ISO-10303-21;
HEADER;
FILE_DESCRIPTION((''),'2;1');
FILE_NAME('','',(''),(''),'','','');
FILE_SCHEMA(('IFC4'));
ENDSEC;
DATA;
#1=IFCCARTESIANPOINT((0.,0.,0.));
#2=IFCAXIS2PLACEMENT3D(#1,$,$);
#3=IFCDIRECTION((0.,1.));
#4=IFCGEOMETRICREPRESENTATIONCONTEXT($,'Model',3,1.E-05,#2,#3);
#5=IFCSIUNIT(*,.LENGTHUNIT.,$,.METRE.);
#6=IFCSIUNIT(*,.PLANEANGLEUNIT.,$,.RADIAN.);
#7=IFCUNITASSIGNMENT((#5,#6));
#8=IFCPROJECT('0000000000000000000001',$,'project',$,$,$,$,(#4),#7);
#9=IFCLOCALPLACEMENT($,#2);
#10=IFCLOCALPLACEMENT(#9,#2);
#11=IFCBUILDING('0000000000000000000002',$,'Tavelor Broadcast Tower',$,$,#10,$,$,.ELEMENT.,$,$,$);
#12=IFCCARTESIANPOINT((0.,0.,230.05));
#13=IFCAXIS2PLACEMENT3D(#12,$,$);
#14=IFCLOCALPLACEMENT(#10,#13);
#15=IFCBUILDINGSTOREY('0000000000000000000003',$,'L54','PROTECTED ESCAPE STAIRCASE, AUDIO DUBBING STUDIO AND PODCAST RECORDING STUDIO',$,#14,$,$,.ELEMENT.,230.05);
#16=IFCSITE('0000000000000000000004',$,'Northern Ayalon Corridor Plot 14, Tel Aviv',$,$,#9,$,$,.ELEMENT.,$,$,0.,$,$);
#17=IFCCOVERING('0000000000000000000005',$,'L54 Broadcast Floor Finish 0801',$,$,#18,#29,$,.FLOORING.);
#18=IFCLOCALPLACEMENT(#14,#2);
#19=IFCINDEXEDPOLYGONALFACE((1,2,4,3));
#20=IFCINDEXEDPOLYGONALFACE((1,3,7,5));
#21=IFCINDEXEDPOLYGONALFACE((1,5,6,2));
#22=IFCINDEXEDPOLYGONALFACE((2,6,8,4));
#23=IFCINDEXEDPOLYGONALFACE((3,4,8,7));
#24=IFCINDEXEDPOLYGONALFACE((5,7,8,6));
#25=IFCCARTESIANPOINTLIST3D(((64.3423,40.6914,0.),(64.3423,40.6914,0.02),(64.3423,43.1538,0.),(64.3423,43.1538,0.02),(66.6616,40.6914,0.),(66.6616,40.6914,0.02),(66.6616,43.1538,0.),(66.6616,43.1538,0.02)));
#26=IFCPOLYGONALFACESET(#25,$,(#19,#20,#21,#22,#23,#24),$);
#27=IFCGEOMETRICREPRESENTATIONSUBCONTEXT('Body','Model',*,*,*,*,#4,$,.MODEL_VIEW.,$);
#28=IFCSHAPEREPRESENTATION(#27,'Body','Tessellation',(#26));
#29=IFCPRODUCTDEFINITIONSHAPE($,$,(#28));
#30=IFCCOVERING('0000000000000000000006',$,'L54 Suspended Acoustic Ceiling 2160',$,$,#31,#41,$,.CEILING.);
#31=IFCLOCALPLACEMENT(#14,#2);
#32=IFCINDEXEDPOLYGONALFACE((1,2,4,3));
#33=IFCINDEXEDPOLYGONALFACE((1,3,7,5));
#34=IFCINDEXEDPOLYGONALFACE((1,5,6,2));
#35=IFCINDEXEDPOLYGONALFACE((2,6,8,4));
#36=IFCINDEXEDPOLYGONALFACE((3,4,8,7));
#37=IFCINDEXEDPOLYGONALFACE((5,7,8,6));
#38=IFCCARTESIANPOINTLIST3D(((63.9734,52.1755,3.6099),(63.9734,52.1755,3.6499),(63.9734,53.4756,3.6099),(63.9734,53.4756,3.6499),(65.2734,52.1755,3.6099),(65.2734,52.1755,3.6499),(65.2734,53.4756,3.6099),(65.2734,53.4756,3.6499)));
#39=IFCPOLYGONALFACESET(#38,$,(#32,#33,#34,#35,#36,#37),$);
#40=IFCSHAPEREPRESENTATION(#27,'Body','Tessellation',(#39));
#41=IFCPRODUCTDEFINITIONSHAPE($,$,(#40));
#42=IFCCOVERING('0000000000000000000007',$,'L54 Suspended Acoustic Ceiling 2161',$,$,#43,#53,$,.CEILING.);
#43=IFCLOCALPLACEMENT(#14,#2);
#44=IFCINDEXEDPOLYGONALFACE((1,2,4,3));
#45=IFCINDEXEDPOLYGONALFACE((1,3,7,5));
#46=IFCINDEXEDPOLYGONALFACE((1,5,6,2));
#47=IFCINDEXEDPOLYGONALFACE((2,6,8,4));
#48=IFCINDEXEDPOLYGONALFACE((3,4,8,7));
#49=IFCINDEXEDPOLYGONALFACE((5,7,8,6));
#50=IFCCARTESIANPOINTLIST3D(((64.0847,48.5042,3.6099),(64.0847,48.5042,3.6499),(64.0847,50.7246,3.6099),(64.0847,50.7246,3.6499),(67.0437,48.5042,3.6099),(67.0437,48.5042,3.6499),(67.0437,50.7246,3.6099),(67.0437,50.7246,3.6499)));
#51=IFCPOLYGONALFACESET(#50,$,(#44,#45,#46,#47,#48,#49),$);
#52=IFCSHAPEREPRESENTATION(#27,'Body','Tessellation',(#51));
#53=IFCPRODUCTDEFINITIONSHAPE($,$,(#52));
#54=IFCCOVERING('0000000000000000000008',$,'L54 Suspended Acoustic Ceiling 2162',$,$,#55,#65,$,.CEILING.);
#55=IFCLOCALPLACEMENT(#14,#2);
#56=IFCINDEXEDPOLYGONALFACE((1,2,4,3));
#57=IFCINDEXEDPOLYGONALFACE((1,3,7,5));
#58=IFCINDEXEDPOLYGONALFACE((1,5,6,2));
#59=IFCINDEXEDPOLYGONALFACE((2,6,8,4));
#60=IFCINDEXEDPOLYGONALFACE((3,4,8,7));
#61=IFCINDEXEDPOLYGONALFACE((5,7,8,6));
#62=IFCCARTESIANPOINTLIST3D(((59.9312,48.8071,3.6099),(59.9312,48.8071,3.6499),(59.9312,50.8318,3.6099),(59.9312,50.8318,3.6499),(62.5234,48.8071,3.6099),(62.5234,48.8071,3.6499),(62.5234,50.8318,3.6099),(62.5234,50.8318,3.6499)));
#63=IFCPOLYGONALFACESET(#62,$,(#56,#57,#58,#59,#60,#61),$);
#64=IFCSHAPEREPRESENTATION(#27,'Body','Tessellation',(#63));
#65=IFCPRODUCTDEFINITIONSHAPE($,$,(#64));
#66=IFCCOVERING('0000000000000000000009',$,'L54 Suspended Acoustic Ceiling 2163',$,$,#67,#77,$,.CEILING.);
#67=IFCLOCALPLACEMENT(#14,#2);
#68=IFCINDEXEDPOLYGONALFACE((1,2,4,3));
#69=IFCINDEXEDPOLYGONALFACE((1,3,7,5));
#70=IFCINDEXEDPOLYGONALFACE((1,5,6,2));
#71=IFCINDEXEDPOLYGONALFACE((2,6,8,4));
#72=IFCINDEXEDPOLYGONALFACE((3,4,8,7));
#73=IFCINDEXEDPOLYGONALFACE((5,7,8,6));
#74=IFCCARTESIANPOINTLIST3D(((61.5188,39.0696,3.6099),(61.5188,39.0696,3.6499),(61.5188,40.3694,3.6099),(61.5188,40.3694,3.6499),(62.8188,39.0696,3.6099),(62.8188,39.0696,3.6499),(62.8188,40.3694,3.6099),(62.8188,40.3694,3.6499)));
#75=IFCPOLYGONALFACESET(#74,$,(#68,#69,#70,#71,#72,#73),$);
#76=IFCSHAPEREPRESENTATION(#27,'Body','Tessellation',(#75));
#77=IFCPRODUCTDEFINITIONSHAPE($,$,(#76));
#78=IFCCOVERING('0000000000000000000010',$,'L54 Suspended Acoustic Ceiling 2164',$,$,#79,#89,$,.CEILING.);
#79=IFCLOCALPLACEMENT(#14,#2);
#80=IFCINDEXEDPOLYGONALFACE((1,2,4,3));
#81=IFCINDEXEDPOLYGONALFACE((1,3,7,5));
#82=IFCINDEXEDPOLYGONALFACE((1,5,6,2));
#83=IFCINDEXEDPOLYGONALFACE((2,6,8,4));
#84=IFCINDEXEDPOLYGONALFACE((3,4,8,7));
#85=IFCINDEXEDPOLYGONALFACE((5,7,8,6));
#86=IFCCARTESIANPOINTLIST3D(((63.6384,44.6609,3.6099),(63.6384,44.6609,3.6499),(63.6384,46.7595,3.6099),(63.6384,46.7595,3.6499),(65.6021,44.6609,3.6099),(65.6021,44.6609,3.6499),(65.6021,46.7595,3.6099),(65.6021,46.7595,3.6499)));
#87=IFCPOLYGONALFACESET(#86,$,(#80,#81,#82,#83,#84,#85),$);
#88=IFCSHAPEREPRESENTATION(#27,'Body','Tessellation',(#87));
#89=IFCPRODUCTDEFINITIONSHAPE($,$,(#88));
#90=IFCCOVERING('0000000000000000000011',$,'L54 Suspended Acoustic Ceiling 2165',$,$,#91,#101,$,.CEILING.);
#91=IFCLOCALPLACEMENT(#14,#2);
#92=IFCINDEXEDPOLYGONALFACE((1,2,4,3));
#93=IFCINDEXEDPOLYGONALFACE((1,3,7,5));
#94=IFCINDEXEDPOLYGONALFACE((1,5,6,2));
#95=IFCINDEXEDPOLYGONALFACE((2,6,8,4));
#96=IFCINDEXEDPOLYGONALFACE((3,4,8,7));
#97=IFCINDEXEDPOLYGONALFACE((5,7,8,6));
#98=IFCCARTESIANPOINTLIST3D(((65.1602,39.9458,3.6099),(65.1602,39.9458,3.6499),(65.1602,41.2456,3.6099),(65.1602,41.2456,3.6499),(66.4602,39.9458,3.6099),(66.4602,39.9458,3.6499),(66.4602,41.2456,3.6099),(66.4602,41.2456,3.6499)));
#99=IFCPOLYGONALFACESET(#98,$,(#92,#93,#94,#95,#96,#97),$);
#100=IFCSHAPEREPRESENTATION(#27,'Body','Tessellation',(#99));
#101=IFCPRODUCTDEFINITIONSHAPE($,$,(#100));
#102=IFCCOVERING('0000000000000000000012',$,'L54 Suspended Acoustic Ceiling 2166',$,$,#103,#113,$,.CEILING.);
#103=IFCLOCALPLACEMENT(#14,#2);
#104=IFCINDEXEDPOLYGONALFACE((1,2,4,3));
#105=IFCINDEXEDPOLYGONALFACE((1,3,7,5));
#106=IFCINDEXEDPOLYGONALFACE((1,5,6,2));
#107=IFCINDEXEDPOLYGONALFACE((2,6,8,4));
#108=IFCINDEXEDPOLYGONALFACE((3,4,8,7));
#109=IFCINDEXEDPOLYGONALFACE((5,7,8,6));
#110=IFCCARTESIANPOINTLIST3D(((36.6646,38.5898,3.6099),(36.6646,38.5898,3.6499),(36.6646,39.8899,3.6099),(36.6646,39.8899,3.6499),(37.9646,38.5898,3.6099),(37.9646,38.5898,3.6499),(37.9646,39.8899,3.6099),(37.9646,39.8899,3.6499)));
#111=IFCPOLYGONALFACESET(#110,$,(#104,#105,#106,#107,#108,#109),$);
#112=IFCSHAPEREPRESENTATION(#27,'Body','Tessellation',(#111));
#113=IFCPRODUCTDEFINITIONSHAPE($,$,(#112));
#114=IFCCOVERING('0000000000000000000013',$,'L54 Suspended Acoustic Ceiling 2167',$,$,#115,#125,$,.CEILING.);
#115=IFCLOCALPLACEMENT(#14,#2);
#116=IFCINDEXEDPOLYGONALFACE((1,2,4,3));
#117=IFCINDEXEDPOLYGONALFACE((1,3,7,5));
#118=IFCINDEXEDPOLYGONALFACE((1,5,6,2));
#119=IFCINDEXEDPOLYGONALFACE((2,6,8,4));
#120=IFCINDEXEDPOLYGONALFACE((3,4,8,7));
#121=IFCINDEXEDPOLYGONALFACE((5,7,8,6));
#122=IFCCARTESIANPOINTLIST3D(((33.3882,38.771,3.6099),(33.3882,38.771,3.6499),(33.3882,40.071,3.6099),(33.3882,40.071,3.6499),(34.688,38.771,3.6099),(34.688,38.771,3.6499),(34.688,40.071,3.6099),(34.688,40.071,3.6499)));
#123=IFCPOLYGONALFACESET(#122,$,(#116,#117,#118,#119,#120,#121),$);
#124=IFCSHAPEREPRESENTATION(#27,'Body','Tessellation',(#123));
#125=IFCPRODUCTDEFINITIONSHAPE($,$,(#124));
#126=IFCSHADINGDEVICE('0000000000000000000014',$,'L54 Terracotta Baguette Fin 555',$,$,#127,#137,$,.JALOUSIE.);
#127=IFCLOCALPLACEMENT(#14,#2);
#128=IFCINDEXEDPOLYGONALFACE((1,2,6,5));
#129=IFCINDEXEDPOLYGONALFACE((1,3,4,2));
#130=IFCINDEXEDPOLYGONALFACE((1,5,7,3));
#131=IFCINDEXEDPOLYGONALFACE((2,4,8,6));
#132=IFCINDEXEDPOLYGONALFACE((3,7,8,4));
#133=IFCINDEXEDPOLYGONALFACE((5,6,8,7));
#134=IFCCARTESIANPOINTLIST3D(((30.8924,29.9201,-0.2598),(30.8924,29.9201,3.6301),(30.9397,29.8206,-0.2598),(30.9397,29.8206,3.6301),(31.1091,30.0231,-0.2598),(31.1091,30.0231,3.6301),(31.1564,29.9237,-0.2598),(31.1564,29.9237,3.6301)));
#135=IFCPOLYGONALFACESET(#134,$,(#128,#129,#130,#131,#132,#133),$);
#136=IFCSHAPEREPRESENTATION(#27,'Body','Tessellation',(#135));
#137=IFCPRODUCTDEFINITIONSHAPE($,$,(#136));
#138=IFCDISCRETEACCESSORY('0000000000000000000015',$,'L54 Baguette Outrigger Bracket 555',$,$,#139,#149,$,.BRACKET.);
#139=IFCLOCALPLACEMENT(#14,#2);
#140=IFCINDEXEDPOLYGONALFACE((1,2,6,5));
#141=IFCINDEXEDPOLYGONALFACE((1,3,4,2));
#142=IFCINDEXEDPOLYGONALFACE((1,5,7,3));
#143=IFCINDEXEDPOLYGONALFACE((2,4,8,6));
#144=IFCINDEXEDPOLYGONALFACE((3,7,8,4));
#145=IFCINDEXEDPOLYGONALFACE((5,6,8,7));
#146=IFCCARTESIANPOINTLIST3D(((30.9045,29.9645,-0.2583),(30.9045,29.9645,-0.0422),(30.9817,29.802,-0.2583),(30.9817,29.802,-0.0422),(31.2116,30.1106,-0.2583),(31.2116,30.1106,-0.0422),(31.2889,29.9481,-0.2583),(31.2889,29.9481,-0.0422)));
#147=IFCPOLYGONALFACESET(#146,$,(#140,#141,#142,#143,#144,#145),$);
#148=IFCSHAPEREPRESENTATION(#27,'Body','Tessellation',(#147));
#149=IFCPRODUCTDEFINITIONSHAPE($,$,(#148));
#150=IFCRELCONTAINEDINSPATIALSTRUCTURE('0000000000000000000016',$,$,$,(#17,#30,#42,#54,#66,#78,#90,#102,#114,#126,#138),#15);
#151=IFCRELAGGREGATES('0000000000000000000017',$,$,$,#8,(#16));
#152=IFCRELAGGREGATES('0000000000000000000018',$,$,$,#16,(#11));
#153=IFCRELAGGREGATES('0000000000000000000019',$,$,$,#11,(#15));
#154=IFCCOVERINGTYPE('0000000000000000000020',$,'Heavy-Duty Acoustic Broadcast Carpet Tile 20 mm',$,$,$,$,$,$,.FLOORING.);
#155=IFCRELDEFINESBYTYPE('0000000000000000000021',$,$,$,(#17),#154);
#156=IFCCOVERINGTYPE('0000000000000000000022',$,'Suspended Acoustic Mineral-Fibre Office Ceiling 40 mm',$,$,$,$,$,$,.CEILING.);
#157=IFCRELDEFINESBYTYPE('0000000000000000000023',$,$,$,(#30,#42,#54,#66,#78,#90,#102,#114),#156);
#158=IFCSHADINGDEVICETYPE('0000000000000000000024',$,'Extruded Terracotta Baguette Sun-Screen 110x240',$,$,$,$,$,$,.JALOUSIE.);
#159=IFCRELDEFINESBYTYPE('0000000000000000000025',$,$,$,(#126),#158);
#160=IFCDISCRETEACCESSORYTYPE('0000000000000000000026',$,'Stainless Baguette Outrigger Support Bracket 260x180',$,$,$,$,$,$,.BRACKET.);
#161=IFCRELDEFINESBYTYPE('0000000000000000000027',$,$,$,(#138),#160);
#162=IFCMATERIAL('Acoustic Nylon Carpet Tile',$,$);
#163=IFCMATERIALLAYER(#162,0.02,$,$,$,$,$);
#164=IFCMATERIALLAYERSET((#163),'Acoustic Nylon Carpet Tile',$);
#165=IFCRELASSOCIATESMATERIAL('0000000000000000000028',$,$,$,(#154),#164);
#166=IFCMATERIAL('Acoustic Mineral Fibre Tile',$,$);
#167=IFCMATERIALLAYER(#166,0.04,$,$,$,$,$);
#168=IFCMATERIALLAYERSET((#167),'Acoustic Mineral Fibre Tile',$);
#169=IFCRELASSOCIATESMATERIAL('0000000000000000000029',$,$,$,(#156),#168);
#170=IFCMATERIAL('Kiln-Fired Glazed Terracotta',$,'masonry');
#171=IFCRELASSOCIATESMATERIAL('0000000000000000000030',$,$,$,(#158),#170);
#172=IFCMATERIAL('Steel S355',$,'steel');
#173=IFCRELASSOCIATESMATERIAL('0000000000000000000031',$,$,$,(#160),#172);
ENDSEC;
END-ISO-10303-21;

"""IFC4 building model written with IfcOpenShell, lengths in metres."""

from ifc_helpers import new_model, si_unit, direction, frame, origin, origin_2d, place, context, subcontext, project, spatial, polyline, rectangle, outline, extrude, source, transform, mapped, material, layer, layer_set, type_object, type_shapes, element, save


model = new_model("IFC4")

# Units and contexts
model_context = context("Model", 3, precision=1e-05, world=origin(), true_north=direction((0.0, 1.0)))
body_context = subcontext(model_context, "Body", "Model", "MODEL_VIEW")
ifc_project = project(units=[si_unit("LENGTHUNIT", "METRE"), si_unit("PLANEANGLEUNIT", "RADIAN")], contexts=[model_context])

# Site, building, storey
site_placement = place(None, origin())
site = spatial("IfcSite", under=ifc_project, at=site_placement, Name="Northern Ayalon Corridor Plot 14, Tel Aviv", CompositionType="ELEMENT", RefElevation=0.0)
building_placement = place(site_placement, origin())
building = spatial("IfcBuilding", under=site, at=building_placement, Name="Tavelor Broadcast Tower", CompositionType="ELEMENT")
storey_placement = place(building_placement, frame((0.0, 0.0, 230.05)))
storey = spatial("IfcBuildingStorey", under=building, at=storey_placement, Name="L54", Description="PROTECTED ESCAPE STAIRCASE, AUDIO DUBBING STUDIO AND PODCAST RECORDING STUDIO", CompositionType="ELEMENT", Elevation=230.05)

# Coverings
ifc_material_1 = material(Name="Acoustic Nylon Carpet Tile")
ifc_layer_1 = layer(ifc_material_1, 0.02)
ifc_layer_set_1 = layer_set([ifc_layer_1], Name="Acoustic Nylon Carpet Tile")
covering_type_1 = type_object("IfcCoveringType", Name="Heavy-Duty Acoustic Broadcast Carpet Tile 20 mm", PredefinedType="FLOORING", material=ifc_layer_set_1)
covering_1_placement = place(storey_placement, origin())
element("IfcCovering", 1, at=covering_1_placement, inside=storey, type_object=covering_type_1, Name="L54 Broadcast Floor Finish 0801", PredefinedType="FLOORING", context=body_context, shape_type="SweptSolid", body=[
    extrude(outline(polyline([(64.3423, 40.6914), (66.6616, 40.6914), (66.6616, 43.1538), (64.3423, 43.1538), (64.3423, 40.6914)])), origin(), (0.0, 0.0, 1.0), 0.02),
])
ifc_material_2 = material(Name="Acoustic Mineral Fibre Tile")
ifc_layer_2 = layer(ifc_material_2, 0.04)
ifc_layer_set_2 = layer_set([ifc_layer_2], Name="Acoustic Mineral Fibre Tile")
covering_type_2 = type_object("IfcCoveringType", Name="Suspended Acoustic Mineral-Fibre Office Ceiling 40 mm", PredefinedType="CEILING", material=ifc_layer_set_2)
covering_2_placement = place(storey_placement, frame((0.0, 0.0, 3.6099)))
element("IfcCovering", 2, at=covering_2_placement, inside=storey, type_object=covering_type_2, Name="L54 Suspended Acoustic Ceiling 2160", PredefinedType="CEILING", context=body_context, shape_type="SweptSolid", body=[
    extrude(outline(polyline([(63.9734, 52.1755), (65.2734, 52.1755), (65.2734, 53.4756), (63.9734, 53.4756), (63.9734, 52.1755)])), origin(), (0.0, 0.0, 1.0), 0.04),
])
covering_3_placement = place(storey_placement, frame((0.0, 0.0, 3.6099)))
element("IfcCovering", 3, at=covering_3_placement, inside=storey, type_object=covering_type_2, Name="L54 Suspended Acoustic Ceiling 2161", PredefinedType="CEILING", context=body_context, shape_type="SweptSolid", body=[
    extrude(outline(polyline([(64.0847, 48.5042), (67.0437, 48.5042), (67.0437, 50.7246), (64.0847, 50.7246), (64.0847, 48.5042)])), origin(), (0.0, 0.0, 1.0), 0.04),
])
covering_4_placement = place(storey_placement, frame((0.0, 0.0, 3.6099)))
element("IfcCovering", 4, at=covering_4_placement, inside=storey, type_object=covering_type_2, Name="L54 Suspended Acoustic Ceiling 2162", PredefinedType="CEILING", context=body_context, shape_type="SweptSolid", body=[
    extrude(outline(polyline([(59.9312, 48.8071), (62.5234, 48.8071), (62.5234, 50.8318), (59.9312, 50.8318), (59.9312, 48.8071)])), origin(), (0.0, 0.0, 1.0), 0.04),
])
covering_5_placement = place(storey_placement, frame((0.0, 0.0, 3.6099)))
element("IfcCovering", 5, at=covering_5_placement, inside=storey, type_object=covering_type_2, Name="L54 Suspended Acoustic Ceiling 2163", PredefinedType="CEILING", context=body_context, shape_type="SweptSolid", body=[
    extrude(outline(polyline([(61.5188, 39.0696), (62.8188, 39.0696), (62.8188, 40.3694), (61.5188, 40.3694), (61.5188, 39.0696)])), origin(), (0.0, 0.0, 1.0), 0.04),
])
covering_6_placement = place(storey_placement, frame((0.0, 0.0, 3.6099)))
element("IfcCovering", 6, at=covering_6_placement, inside=storey, type_object=covering_type_2, Name="L54 Suspended Acoustic Ceiling 2164", PredefinedType="CEILING", context=body_context, shape_type="SweptSolid", body=[
    extrude(outline(polyline([(63.6384, 44.6609), (65.6021, 44.6609), (65.6021, 46.7595), (63.6384, 46.7595), (63.6384, 44.6609)])), origin(), (0.0, 0.0, 1.0), 0.04),
])
covering_7_placement = place(storey_placement, frame((0.0, 0.0, 3.6099)))
element("IfcCovering", 7, at=covering_7_placement, inside=storey, type_object=covering_type_2, Name="L54 Suspended Acoustic Ceiling 2165", PredefinedType="CEILING", context=body_context, shape_type="SweptSolid", body=[
    extrude(outline(polyline([(65.1602, 39.9458), (66.4602, 39.9458), (66.4602, 41.2456), (65.1602, 41.2456), (65.1602, 39.9458)])), origin(), (0.0, 0.0, 1.0), 0.04),
])
covering_8_placement = place(storey_placement, frame((0.0, 0.0, 3.6099)))
element("IfcCovering", 8, at=covering_8_placement, inside=storey, type_object=covering_type_2, Name="L54 Suspended Acoustic Ceiling 2166", PredefinedType="CEILING", context=body_context, shape_type="SweptSolid", body=[
    extrude(outline(polyline([(36.6646, 38.5898), (37.9646, 38.5898), (37.9646, 39.8899), (36.6646, 39.8899), (36.6646, 38.5898)])), origin(), (0.0, 0.0, 1.0), 0.04),
])
covering_9_placement = place(storey_placement, frame((0.0, 0.0, 3.6099)))
element("IfcCovering", 9, at=covering_9_placement, inside=storey, type_object=covering_type_2, Name="L54 Suspended Acoustic Ceiling 2167", PredefinedType="CEILING", context=body_context, shape_type="SweptSolid", body=[
    extrude(outline(polyline([(33.3882, 38.771), (34.688, 38.771), (34.688, 40.071), (33.3882, 40.071), (33.3882, 38.771)])), origin(), (0.0, 0.0, 1.0), 0.04),
])

# Shading device
ifc_material_3 = material(Name="Kiln-Fired Glazed Terracotta", Category="masonry")
shading_device_type = type_object("IfcShadingDeviceType", Name="Extruded Terracotta Baguette Sun-Screen 110x240", PredefinedType="JALOUSIE", material=ifc_material_3)
shared_shape_1 = source(origin(), body_context, "Body", "SweptSolid", [
    extrude(rectangle(XDim=0.1101, YDim=0.24, at=origin_2d()), origin(), (0.0, 0.0, 1.0), 3.8899),
])
type_shapes(shading_device_type, [shared_shape_1])
shading_device_placement = place(storey_placement, frame((31.0244, 29.9219, -0.2598), z_axis=(0.0, 0.0, 1.0), x_axis=(0.429408, -0.903111, 0.0)))
element("IfcShadingDevice", 10, at=shading_device_placement, inside=storey, type_object=shading_device_type, Name="L54 Terracotta Baguette Fin 555", PredefinedType="JALOUSIE", context=body_context, shape_type="MappedRepresentation", body=[
    mapped(shared_shape_1, transform((0.0, 0.0, 0.0), scale=1.0)),
])

# Discrete accessory
ifc_material_4 = material(Name="Steel S355", Category="steel")
discrete_accessory_type = type_object("IfcDiscreteAccessoryType", Name="Stainless Baguette Outrigger Support Bracket 260x180", PredefinedType="BRACKET", material=ifc_material_4)
shared_shape_2 = source(origin(), body_context, "Body", "SweptSolid", [
    extrude(rectangle(XDim=0.1799, YDim=0.3401, at=origin_2d()), origin(), (0.0, 0.0, 1.0), 0.2161),
])
type_shapes(discrete_accessory_type, [shared_shape_2])
discrete_accessory_placement = place(storey_placement, frame((31.0967, 29.9563, -0.2583), z_axis=(0.0, 0.0, 1.0), x_axis=(0.429408, -0.903111, 0.0)))
element("IfcDiscreteAccessory", 11, at=discrete_accessory_placement, inside=storey, type_object=discrete_accessory_type, Name="L54 Baguette Outrigger Bracket 555", PredefinedType="BRACKET", context=body_context, shape_type="MappedRepresentation", body=[
    mapped(shared_shape_2, transform((0.0, 0.0, 0.0), scale=1.0)),
])

save(model, "model.ifc")
